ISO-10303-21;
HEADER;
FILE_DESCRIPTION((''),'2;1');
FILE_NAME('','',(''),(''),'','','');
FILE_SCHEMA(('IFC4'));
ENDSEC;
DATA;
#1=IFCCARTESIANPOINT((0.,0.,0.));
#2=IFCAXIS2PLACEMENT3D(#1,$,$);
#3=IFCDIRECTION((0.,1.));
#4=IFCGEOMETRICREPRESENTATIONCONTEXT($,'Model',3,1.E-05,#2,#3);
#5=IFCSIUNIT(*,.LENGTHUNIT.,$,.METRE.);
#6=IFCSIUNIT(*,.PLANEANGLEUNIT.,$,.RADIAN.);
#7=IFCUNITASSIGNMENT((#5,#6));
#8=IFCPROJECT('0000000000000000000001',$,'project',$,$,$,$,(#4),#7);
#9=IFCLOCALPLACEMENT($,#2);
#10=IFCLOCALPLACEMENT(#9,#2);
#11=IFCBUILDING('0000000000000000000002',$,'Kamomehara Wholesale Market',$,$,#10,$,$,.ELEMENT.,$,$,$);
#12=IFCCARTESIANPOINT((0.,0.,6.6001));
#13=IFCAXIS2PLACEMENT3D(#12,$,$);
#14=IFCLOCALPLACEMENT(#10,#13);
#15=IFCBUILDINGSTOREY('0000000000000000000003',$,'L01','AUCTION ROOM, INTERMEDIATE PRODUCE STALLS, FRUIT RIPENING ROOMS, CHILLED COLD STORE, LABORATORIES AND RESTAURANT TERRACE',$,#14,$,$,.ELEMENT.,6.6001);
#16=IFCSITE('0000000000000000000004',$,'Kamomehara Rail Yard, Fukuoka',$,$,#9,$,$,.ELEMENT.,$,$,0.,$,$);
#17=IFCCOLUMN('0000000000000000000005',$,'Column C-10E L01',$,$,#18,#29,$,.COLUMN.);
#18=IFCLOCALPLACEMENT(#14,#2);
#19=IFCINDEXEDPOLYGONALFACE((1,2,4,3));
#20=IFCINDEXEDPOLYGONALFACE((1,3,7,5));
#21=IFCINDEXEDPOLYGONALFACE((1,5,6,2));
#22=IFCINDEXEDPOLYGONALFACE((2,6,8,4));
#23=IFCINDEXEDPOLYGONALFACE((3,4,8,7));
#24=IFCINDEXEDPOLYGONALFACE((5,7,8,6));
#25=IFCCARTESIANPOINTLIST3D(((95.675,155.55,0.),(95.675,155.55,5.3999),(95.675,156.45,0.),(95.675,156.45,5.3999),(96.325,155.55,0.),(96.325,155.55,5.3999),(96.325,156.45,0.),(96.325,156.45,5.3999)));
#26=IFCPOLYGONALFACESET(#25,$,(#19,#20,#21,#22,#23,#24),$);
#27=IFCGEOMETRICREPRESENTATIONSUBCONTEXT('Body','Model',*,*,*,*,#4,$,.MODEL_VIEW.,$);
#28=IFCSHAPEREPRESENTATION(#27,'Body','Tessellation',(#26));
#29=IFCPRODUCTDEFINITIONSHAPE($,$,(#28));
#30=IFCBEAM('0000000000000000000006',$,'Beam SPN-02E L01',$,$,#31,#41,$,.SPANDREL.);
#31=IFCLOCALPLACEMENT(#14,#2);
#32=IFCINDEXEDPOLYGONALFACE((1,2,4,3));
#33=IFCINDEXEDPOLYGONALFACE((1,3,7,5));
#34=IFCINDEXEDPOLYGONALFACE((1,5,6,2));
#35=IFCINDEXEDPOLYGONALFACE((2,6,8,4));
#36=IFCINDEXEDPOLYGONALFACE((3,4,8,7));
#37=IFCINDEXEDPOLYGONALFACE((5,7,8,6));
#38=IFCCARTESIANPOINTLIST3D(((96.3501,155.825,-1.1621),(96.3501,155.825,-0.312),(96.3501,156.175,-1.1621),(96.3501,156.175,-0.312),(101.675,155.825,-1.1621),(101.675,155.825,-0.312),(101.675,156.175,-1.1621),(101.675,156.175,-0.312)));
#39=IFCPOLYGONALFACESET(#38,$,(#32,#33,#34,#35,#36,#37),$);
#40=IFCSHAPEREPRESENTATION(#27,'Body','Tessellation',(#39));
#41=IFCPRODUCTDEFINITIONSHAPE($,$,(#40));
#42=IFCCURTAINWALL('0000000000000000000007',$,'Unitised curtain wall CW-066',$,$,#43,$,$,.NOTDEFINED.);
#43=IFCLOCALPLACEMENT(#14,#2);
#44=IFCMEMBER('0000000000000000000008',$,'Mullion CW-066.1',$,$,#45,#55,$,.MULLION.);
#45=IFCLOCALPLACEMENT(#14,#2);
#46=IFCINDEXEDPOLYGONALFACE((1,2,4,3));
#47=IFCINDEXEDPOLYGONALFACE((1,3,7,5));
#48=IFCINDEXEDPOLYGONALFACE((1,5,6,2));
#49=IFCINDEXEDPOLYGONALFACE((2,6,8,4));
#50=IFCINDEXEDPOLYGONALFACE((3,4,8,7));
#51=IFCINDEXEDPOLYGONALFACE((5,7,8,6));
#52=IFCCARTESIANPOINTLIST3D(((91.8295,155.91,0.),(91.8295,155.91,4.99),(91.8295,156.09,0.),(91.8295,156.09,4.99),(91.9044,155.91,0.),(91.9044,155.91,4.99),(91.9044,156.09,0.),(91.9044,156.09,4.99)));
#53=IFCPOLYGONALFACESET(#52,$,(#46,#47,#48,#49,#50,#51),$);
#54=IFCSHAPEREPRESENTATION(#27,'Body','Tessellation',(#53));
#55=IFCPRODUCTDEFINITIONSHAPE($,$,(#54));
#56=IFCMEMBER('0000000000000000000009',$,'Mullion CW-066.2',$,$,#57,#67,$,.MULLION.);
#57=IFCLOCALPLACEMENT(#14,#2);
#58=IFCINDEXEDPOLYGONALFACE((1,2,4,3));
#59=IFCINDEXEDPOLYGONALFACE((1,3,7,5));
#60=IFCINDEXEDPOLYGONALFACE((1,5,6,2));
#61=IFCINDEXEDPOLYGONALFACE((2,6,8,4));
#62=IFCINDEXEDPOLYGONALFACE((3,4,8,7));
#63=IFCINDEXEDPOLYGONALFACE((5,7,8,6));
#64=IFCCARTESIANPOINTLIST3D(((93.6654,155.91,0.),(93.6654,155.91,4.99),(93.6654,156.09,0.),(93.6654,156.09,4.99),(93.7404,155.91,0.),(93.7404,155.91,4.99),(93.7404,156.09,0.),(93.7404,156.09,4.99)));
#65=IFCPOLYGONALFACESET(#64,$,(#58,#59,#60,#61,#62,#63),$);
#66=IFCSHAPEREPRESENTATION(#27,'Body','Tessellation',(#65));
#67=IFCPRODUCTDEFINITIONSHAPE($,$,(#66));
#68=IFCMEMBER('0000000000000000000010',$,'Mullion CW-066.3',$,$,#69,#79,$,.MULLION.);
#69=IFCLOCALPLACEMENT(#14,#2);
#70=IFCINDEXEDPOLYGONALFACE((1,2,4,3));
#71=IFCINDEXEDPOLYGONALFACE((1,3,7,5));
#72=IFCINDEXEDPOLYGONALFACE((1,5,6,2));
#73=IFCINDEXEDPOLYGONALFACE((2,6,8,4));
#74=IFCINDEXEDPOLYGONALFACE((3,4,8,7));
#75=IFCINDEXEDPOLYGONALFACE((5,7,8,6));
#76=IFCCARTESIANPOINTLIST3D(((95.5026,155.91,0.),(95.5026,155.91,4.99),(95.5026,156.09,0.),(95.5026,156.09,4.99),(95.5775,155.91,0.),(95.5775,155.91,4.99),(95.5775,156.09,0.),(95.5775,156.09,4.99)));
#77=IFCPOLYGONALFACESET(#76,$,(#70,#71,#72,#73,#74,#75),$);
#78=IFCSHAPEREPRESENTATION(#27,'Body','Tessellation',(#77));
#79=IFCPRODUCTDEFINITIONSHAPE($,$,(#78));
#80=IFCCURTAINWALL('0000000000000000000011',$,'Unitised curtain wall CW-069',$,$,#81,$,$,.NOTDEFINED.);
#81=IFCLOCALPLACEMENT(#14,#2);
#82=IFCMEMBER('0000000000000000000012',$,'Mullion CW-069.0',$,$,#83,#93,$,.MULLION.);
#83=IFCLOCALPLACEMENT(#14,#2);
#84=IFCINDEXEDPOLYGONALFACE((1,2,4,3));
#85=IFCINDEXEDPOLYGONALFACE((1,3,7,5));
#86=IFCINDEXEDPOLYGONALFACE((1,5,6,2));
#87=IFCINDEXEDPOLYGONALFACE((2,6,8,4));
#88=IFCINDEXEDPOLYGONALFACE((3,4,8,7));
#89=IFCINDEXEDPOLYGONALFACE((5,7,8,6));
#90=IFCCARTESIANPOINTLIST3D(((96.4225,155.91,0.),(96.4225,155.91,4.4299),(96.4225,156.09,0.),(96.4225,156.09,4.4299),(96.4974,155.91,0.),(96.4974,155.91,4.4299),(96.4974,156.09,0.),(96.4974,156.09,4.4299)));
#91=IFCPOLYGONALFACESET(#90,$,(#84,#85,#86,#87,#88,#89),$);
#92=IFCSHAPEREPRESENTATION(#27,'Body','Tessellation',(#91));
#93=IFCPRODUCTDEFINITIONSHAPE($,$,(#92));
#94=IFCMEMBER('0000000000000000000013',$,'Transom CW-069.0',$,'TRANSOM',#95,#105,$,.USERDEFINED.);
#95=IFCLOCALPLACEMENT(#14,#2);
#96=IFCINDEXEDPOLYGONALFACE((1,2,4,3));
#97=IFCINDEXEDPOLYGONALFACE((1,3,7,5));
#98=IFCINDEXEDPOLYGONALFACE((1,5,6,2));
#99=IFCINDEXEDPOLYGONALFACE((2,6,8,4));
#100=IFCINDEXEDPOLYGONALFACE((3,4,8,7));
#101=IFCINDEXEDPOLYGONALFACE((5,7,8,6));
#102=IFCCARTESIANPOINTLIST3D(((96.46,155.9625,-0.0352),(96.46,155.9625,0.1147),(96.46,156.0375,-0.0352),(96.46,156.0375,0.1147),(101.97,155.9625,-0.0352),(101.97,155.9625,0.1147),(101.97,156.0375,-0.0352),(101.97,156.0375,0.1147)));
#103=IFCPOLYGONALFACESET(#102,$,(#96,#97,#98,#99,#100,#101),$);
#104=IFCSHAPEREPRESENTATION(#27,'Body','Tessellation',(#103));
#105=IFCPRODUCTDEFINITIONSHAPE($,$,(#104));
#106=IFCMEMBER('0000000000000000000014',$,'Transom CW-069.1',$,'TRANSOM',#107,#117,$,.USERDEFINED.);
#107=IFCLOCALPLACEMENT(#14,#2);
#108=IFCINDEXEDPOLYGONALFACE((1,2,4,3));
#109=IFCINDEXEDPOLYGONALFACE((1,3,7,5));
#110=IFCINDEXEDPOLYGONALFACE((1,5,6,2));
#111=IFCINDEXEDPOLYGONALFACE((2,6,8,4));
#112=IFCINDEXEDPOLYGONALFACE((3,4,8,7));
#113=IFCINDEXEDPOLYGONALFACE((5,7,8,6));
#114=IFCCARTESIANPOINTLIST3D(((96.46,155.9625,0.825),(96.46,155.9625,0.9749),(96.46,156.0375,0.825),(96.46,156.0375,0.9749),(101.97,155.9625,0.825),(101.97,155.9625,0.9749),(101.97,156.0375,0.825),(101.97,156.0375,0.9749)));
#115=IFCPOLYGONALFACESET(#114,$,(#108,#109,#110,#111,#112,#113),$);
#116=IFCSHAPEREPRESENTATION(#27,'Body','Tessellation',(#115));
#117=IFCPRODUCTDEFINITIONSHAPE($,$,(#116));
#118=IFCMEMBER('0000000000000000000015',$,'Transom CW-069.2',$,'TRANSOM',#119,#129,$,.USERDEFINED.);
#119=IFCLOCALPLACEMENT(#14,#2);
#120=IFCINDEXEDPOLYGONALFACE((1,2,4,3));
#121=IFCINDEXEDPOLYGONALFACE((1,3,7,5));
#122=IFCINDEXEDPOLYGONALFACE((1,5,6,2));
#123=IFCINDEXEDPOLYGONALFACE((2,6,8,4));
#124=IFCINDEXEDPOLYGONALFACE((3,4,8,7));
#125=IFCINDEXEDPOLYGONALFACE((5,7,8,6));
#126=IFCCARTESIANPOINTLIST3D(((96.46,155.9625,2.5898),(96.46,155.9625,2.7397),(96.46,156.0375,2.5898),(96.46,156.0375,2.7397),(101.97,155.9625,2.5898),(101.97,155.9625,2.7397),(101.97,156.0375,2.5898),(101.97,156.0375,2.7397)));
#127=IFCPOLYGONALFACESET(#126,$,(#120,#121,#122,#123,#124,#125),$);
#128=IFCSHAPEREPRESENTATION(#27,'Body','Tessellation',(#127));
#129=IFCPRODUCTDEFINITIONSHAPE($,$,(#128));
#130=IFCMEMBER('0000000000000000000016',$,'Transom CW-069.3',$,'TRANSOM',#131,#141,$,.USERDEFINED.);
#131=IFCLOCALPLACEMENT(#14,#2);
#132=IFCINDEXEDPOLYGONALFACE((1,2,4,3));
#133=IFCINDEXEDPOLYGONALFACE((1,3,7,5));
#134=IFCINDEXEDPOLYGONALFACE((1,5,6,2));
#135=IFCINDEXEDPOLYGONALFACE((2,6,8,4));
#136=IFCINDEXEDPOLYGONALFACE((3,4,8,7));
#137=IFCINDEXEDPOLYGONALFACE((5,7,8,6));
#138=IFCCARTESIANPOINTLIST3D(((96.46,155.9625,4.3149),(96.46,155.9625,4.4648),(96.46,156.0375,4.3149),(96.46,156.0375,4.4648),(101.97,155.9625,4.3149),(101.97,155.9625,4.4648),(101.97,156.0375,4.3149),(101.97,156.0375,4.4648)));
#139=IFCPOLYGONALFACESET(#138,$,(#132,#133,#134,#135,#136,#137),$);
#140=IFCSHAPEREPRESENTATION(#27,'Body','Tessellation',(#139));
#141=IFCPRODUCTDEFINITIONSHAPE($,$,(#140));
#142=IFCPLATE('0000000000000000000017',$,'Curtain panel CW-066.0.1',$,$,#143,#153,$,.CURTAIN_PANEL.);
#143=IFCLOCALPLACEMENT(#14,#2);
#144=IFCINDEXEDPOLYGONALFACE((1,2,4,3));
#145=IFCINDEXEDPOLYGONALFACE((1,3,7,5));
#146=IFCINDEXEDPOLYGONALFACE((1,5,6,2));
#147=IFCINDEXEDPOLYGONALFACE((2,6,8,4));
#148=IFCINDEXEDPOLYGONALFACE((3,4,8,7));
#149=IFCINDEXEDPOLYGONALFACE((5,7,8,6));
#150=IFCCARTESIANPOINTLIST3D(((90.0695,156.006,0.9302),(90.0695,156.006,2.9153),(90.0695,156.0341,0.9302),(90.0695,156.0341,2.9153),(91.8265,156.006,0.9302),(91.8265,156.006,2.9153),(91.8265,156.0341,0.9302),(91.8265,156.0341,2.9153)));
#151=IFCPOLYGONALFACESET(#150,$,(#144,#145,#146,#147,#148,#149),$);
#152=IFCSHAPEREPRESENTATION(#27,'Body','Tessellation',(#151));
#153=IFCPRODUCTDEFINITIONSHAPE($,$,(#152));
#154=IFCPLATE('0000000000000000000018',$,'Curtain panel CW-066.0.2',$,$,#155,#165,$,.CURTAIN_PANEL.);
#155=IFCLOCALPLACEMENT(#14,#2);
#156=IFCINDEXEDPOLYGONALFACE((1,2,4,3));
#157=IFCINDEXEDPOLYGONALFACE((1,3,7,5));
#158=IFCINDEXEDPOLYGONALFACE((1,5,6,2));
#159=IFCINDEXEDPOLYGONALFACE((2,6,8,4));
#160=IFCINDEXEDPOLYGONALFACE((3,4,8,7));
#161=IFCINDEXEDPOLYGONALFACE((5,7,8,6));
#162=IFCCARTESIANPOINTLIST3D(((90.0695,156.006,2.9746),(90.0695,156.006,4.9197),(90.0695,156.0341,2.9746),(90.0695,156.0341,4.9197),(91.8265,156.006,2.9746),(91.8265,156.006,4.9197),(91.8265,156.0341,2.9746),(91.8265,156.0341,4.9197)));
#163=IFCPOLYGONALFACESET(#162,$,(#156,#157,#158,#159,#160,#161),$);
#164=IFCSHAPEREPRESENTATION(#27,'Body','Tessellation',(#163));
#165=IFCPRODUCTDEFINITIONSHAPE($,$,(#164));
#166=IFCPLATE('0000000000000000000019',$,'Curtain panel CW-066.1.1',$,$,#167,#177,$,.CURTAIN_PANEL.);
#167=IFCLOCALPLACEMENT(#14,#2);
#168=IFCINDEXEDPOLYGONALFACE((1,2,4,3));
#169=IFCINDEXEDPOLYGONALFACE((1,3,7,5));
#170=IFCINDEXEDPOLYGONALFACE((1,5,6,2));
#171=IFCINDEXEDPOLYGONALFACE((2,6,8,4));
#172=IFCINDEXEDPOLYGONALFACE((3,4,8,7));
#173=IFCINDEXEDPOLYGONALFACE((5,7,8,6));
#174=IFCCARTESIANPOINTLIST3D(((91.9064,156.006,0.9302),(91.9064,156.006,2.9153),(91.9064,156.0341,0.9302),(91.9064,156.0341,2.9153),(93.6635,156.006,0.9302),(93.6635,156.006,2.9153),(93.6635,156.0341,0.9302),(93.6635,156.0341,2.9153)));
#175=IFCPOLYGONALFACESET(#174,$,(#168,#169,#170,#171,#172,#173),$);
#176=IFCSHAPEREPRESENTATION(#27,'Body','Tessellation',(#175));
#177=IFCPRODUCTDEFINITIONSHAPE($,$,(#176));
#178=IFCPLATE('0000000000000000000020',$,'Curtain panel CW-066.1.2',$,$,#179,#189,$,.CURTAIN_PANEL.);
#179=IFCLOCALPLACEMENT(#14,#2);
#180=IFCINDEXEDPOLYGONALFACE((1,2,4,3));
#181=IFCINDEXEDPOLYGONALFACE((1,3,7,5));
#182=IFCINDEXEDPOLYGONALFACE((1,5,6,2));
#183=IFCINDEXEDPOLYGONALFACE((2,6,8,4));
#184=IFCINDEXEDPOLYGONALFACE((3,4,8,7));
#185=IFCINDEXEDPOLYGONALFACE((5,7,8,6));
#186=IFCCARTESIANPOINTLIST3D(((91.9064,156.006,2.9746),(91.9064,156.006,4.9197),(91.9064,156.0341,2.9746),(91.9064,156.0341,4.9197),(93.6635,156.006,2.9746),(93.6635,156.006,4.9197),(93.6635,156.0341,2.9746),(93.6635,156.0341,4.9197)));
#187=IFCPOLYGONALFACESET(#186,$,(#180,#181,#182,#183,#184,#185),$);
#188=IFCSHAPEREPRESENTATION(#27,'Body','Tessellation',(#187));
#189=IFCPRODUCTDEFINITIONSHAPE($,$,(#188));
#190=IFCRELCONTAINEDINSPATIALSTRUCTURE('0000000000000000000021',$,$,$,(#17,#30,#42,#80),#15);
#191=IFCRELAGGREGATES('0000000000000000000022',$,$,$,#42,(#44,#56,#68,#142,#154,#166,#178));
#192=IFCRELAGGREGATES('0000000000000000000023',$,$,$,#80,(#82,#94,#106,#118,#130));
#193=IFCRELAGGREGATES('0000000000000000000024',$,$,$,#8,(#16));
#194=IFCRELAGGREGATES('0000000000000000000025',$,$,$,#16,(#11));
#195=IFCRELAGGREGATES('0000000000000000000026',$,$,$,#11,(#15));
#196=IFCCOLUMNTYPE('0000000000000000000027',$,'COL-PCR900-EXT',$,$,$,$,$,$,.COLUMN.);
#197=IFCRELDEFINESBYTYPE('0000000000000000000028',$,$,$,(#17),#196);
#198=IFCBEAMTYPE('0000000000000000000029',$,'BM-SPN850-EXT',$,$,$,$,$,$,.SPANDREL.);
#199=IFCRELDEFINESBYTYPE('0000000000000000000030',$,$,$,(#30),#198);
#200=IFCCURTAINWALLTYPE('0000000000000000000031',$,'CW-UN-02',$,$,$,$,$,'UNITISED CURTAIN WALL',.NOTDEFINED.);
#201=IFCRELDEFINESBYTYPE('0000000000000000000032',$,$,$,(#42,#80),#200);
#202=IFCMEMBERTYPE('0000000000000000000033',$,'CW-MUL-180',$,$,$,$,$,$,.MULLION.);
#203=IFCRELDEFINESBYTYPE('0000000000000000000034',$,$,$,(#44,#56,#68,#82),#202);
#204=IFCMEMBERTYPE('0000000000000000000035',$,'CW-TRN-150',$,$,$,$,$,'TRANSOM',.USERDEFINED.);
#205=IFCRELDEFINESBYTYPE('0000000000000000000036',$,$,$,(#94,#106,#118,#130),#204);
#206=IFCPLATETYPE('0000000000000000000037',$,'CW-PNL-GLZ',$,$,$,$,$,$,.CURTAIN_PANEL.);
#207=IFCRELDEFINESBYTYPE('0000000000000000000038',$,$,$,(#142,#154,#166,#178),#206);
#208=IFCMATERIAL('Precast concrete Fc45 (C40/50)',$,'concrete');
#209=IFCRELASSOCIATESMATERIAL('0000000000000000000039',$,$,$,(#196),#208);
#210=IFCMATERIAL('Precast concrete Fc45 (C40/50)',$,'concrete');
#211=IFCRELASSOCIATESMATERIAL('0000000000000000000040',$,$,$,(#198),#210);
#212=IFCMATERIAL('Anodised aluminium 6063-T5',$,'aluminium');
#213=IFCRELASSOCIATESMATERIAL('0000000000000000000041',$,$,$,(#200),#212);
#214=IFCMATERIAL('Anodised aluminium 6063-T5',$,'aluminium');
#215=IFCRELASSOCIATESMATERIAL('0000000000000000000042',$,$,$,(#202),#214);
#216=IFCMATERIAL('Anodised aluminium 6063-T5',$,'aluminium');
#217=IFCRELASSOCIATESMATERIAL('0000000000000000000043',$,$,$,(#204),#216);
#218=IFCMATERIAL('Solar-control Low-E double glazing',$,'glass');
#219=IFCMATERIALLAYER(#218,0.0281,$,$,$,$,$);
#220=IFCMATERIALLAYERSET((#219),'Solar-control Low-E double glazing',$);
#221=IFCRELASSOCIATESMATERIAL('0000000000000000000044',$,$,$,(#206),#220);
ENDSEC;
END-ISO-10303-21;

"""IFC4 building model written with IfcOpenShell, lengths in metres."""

from ifc_helpers import new_model, si_unit, direction, frame, origin, origin_2d, place, context, subcontext, project, spatial, rectangle, extrude, material, layer, layer_set, material_profile, profile_set, type_object, element, aggregate, save


model = new_model("IFC4")

# Units and contexts
model_context = context("Model", 3, precision=1e-05, world=origin(), true_north=direction((0.0, 1.0)))
body_context = subcontext(model_context, "Body", "Model", "MODEL_VIEW")
ifc_project = project(units=[si_unit("LENGTHUNIT", "METRE"), si_unit("PLANEANGLEUNIT", "RADIAN")], contexts=[model_context])

# Site, building, storey
site_placement = place(None, origin())
site = spatial("IfcSite", under=ifc_project, at=site_placement, Name="Kamomehara Rail Yard, Fukuoka", CompositionType="ELEMENT", RefElevation=0.0)
building_placement = place(site_placement, origin())
building = spatial("IfcBuilding", under=site, at=building_placement, Name="Kamomehara Wholesale Market", CompositionType="ELEMENT")
storey_placement = place(building_placement, frame((0.0, 0.0, 6.6001)))
storey = spatial("IfcBuildingStorey", under=building, at=storey_placement, Name="L01", Description="AUCTION ROOM, INTERMEDIATE PRODUCE STALLS, FRUIT RIPENING ROOMS, CHILLED COLD STORE, LABORATORIES AND RESTAURANT TERRACE", CompositionType="ELEMENT", Elevation=6.6001)

# Column
ifc_material_1 = material(Name="Precast concrete Fc45 (C40/50)", Category="concrete")
ifc_material_profile_1 = material_profile(ifc_material_1, rectangle(XDim=0.6499, YDim=0.8999, at=origin_2d()), Name="PC-COL-650x900")
ifc_profile_set_1 = profile_set([ifc_material_profile_1], Name="Precast concrete Fc45 (C40/50)")
column_type = type_object("IfcColumnType", Name="COL-PCR900-EXT", PredefinedType="COLUMN", material=ifc_profile_set_1)
column_placement = place(storey_placement, frame((96.0, 156.0, 0.0), z_axis=(0.0, 0.0, 1.0), x_axis=(1.0, 0.0, 0.0)))
element("IfcColumn", 1, at=column_placement, inside=storey, type_object=column_type, Name="Column C-10E L01", PredefinedType="COLUMN", context=body_context, shape_type="SweptSolid", body=[
    extrude(rectangle(XDim=0.6499, YDim=0.8999, at=origin_2d()), origin(), (0.0, 0.0, 1.0), 5.3999),
])

# Beam
ifc_material_2 = material(Name="Precast concrete Fc45 (C40/50)", Category="concrete")
ifc_material_profile_2 = material_profile(ifc_material_2, rectangle(XDim=0.3501, YDim=0.8501, at=origin_2d()), Name="PC-SPN-350x850")
ifc_profile_set_2 = profile_set([ifc_material_profile_2], Name="Precast concrete Fc45 (C40/50)")
beam_type = type_object("IfcBeamType", Name="BM-SPN850-EXT", PredefinedType="SPANDREL", material=ifc_profile_set_2)
beam_placement = place(storey_placement, frame((96.3501, 156.0, -0.7371), z_axis=(1.0, 0.0, 0.0), x_axis=(0.0, 1.0, 0.0)))
element("IfcBeam", 2, at=beam_placement, inside=storey, type_object=beam_type, Name="Beam SPN-02E L01", PredefinedType="SPANDREL", context=body_context, shape_type="SweptSolid", body=[
    extrude(rectangle(XDim=0.3501, YDim=0.8501, at=origin_2d()), origin(), (0.0, 0.0, 1.0), 5.325),
])

# Curtain walls, members
ifc_material_3 = material(Name="Anodised aluminium 6063-T5", Category="aluminium")
curtain_wall_type = type_object("IfcCurtainWallType", Name="CW-UN-02", ElementType="UNITISED CURTAIN WALL", PredefinedType="NOTDEFINED", material=ifc_material_3)
curtain_wall_1_placement = place(storey_placement, origin())
curtain_wall_1 = element("IfcCurtainWall", 3, at=curtain_wall_1_placement, inside=storey, type_object=curtain_wall_type, Name="Unitised curtain wall CW-066", PredefinedType="NOTDEFINED")
ifc_material_4 = material(Name="Anodised aluminium 6063-T5", Category="aluminium")
ifc_material_profile_3 = material_profile(ifc_material_4, rectangle(XDim=0.075, YDim=0.1799, at=origin_2d()), Name="ALU-MUL-75x180")
ifc_profile_set_3 = profile_set([ifc_material_profile_3], Name="Anodised aluminium 6063-T5")
member_type_1 = type_object("IfcMemberType", Name="CW-MUL-180", PredefinedType="MULLION", material=ifc_profile_set_3)
member_1_placement = place(storey_placement, frame((91.8669, 156.0, 0.0), z_axis=(0.0, 0.0, 1.0), x_axis=(1.0, 0.0, 0.0)))
member_1 = element("IfcMember", 4, at=member_1_placement, type_object=member_type_1, Name="Mullion CW-066.1", PredefinedType="MULLION", context=body_context, shape_type="SweptSolid", body=[
    extrude(rectangle(XDim=0.075, YDim=0.1799, at=origin_2d()), origin(), (0.0, 0.0, 1.0), 4.99),
])
member_2_placement = place(storey_placement, frame((93.7029, 156.0, 0.0), z_axis=(0.0, 0.0, 1.0), x_axis=(1.0, 0.0, 0.0)))
member_2 = element("IfcMember", 5, at=member_2_placement, type_object=member_type_1, Name="Mullion CW-066.2", PredefinedType="MULLION", context=body_context, shape_type="SweptSolid", body=[
    extrude(rectangle(XDim=0.075, YDim=0.1799, at=origin_2d()), origin(), (0.0, 0.0, 1.0), 4.99),
])
member_3_placement = place(storey_placement, frame((95.54, 156.0, 0.0), z_axis=(0.0, 0.0, 1.0), x_axis=(1.0, 0.0, 0.0)))
member_3 = element("IfcMember", 6, at=member_3_placement, type_object=member_type_1, Name="Mullion CW-066.3", PredefinedType="MULLION", context=body_context, shape_type="SweptSolid", body=[
    extrude(rectangle(XDim=0.075, YDim=0.1799, at=origin_2d()), origin(), (0.0, 0.0, 1.0), 4.99),
])
curtain_wall_2_placement = place(storey_placement, origin())
curtain_wall_2 = element("IfcCurtainWall", 7, at=curtain_wall_2_placement, inside=storey, type_object=curtain_wall_type, Name="Unitised curtain wall CW-069", PredefinedType="NOTDEFINED")
member_4_placement = place(storey_placement, frame((96.46, 156.0, 0.0), z_axis=(0.0, 0.0, 1.0), x_axis=(1.0, 0.0, 0.0)))
member_4 = element("IfcMember", 8, at=member_4_placement, type_object=member_type_1, Name="Mullion CW-069.0", PredefinedType="MULLION", context=body_context, shape_type="SweptSolid", body=[
    extrude(rectangle(XDim=0.075, YDim=0.1799, at=origin_2d()), origin(), (0.0, 0.0, 1.0), 4.4299),
])
ifc_material_5 = material(Name="Anodised aluminium 6063-T5", Category="aluminium")
ifc_material_profile_4 = material_profile(ifc_material_5, rectangle(XDim=0.075, YDim=0.1499, at=origin_2d()), Name="ALU-TRN-75x150")
ifc_profile_set_4 = profile_set([ifc_material_profile_4], Name="Anodised aluminium 6063-T5")
member_type_2 = type_object("IfcMemberType", Name="CW-TRN-150", ElementType="TRANSOM", PredefinedType="USERDEFINED", material=ifc_profile_set_4)
member_5_placement = place(storey_placement, frame((96.46, 156.0, 0.0398), z_axis=(1.0, 0.0, 0.0), x_axis=(0.0, 1.0, 0.0)))
member_5 = element("IfcMember", 9, at=member_5_placement, type_object=member_type_2, Name="Transom CW-069.0", ObjectType="TRANSOM", PredefinedType="USERDEFINED", context=body_context, shape_type="SweptSolid", body=[
    extrude(rectangle(XDim=0.075, YDim=0.1499, at=origin_2d()), origin(), (0.0, 0.0, 1.0), 5.51),
])
member_6_placement = place(storey_placement, frame((96.46, 156.0, 0.8999), z_axis=(1.0, 0.0, 0.0), x_axis=(0.0, 1.0, 0.0)))
member_6 = element("IfcMember", 10, at=member_6_placement, type_object=member_type_2, Name="Transom CW-069.1", ObjectType="TRANSOM", PredefinedType="USERDEFINED", context=body_context, shape_type="SweptSolid", body=[
    extrude(rectangle(XDim=0.075, YDim=0.1499, at=origin_2d()), origin(), (0.0, 0.0, 1.0), 5.51),
])
member_7_placement = place(storey_placement, frame((96.46, 156.0, 2.6648), z_axis=(1.0, 0.0, 0.0), x_axis=(0.0, 1.0, 0.0)))
member_7 = element("IfcMember", 11, at=member_7_placement, type_object=member_type_2, Name="Transom CW-069.2", ObjectType="TRANSOM", PredefinedType="USERDEFINED", context=body_context, shape_type="SweptSolid", body=[
    extrude(rectangle(XDim=0.075, YDim=0.1499, at=origin_2d()), origin(), (0.0, 0.0, 1.0), 5.51),
])
member_8_placement = place(storey_placement, frame((96.46, 156.0, 4.3899), z_axis=(1.0, 0.0, 0.0), x_axis=(0.0, 1.0, 0.0)))
member_8 = element("IfcMember", 12, at=member_8_placement, type_object=member_type_2, Name="Transom CW-069.3", ObjectType="TRANSOM", PredefinedType="USERDEFINED", context=body_context, shape_type="SweptSolid", body=[
    extrude(rectangle(XDim=0.075, YDim=0.1499, at=origin_2d()), origin(), (0.0, 0.0, 1.0), 5.51),
])

# Plates
ifc_material_6 = material(Name="Solar-control Low-E double glazing", Category="glass")
ifc_layer_1 = layer(ifc_material_6, 0.0281)
ifc_layer_set_1 = layer_set([ifc_layer_1], Name="Solar-control Low-E double glazing")
plate_type_1 = type_object("IfcPlateType", Name="CW-PNL-GLZ", PredefinedType="CURTAIN_PANEL", material=ifc_layer_set_1)
plate_1_placement = place(storey_placement, frame((90.948, 156.02, 0.9302), z_axis=(0.0, 0.0, 1.0), x_axis=(1.0, 0.0, 0.0)))
plate_1 = element("IfcPlate", 13, at=plate_1_placement, type_object=plate_type_1, Name="Curtain panel CW-066.0.1", PredefinedType="CURTAIN_PANEL", context=body_context, shape_type="SweptSolid", body=[
    extrude(rectangle(XDim=1.7571, YDim=0.0281, at=origin_2d()), origin(), (0.0, 0.0, 1.0), 1.9851),
])
plate_2_placement = place(storey_placement, frame((90.948, 156.02, 2.9746), z_axis=(0.0, 0.0, 1.0), x_axis=(1.0, 0.0, 0.0)))
plate_2 = element("IfcPlate", 14, at=plate_2_placement, type_object=plate_type_1, Name="Curtain panel CW-066.0.2", PredefinedType="CURTAIN_PANEL", context=body_context, shape_type="SweptSolid", body=[
    extrude(rectangle(XDim=1.7571, YDim=0.0281, at=origin_2d()), origin(), (0.0, 0.0, 1.0), 1.9451),
])
plate_3_placement = place(storey_placement, frame((92.7849, 156.02, 0.9302), z_axis=(0.0, 0.0, 1.0), x_axis=(1.0, 0.0, 0.0)))
plate_3 = element("IfcPlate", 15, at=plate_3_placement, type_object=plate_type_1, Name="Curtain panel CW-066.1.1", PredefinedType="CURTAIN_PANEL", context=body_context, shape_type="SweptSolid", body=[
    extrude(rectangle(XDim=1.7571, YDim=0.0281, at=origin_2d()), origin(), (0.0, 0.0, 1.0), 1.9851),
])
plate_4_placement = place(storey_placement, frame((92.7849, 156.02, 2.9746), z_axis=(0.0, 0.0, 1.0), x_axis=(1.0, 0.0, 0.0)))
plate_4 = element("IfcPlate", 16, at=plate_4_placement, type_object=plate_type_1, Name="Curtain panel CW-066.1.2", PredefinedType="CURTAIN_PANEL", context=body_context, shape_type="SweptSolid", body=[
    extrude(rectangle(XDim=1.7571, YDim=0.0281, at=origin_2d()), origin(), (0.0, 0.0, 1.0), 1.9451),
])
aggregate(curtain_wall_1, [member_1, member_2, member_3, plate_1, plate_2, plate_3, plate_4])
aggregate(curtain_wall_2, [member_4, member_5, member_6, member_7, member_8])

save(model, "model.ifc")
